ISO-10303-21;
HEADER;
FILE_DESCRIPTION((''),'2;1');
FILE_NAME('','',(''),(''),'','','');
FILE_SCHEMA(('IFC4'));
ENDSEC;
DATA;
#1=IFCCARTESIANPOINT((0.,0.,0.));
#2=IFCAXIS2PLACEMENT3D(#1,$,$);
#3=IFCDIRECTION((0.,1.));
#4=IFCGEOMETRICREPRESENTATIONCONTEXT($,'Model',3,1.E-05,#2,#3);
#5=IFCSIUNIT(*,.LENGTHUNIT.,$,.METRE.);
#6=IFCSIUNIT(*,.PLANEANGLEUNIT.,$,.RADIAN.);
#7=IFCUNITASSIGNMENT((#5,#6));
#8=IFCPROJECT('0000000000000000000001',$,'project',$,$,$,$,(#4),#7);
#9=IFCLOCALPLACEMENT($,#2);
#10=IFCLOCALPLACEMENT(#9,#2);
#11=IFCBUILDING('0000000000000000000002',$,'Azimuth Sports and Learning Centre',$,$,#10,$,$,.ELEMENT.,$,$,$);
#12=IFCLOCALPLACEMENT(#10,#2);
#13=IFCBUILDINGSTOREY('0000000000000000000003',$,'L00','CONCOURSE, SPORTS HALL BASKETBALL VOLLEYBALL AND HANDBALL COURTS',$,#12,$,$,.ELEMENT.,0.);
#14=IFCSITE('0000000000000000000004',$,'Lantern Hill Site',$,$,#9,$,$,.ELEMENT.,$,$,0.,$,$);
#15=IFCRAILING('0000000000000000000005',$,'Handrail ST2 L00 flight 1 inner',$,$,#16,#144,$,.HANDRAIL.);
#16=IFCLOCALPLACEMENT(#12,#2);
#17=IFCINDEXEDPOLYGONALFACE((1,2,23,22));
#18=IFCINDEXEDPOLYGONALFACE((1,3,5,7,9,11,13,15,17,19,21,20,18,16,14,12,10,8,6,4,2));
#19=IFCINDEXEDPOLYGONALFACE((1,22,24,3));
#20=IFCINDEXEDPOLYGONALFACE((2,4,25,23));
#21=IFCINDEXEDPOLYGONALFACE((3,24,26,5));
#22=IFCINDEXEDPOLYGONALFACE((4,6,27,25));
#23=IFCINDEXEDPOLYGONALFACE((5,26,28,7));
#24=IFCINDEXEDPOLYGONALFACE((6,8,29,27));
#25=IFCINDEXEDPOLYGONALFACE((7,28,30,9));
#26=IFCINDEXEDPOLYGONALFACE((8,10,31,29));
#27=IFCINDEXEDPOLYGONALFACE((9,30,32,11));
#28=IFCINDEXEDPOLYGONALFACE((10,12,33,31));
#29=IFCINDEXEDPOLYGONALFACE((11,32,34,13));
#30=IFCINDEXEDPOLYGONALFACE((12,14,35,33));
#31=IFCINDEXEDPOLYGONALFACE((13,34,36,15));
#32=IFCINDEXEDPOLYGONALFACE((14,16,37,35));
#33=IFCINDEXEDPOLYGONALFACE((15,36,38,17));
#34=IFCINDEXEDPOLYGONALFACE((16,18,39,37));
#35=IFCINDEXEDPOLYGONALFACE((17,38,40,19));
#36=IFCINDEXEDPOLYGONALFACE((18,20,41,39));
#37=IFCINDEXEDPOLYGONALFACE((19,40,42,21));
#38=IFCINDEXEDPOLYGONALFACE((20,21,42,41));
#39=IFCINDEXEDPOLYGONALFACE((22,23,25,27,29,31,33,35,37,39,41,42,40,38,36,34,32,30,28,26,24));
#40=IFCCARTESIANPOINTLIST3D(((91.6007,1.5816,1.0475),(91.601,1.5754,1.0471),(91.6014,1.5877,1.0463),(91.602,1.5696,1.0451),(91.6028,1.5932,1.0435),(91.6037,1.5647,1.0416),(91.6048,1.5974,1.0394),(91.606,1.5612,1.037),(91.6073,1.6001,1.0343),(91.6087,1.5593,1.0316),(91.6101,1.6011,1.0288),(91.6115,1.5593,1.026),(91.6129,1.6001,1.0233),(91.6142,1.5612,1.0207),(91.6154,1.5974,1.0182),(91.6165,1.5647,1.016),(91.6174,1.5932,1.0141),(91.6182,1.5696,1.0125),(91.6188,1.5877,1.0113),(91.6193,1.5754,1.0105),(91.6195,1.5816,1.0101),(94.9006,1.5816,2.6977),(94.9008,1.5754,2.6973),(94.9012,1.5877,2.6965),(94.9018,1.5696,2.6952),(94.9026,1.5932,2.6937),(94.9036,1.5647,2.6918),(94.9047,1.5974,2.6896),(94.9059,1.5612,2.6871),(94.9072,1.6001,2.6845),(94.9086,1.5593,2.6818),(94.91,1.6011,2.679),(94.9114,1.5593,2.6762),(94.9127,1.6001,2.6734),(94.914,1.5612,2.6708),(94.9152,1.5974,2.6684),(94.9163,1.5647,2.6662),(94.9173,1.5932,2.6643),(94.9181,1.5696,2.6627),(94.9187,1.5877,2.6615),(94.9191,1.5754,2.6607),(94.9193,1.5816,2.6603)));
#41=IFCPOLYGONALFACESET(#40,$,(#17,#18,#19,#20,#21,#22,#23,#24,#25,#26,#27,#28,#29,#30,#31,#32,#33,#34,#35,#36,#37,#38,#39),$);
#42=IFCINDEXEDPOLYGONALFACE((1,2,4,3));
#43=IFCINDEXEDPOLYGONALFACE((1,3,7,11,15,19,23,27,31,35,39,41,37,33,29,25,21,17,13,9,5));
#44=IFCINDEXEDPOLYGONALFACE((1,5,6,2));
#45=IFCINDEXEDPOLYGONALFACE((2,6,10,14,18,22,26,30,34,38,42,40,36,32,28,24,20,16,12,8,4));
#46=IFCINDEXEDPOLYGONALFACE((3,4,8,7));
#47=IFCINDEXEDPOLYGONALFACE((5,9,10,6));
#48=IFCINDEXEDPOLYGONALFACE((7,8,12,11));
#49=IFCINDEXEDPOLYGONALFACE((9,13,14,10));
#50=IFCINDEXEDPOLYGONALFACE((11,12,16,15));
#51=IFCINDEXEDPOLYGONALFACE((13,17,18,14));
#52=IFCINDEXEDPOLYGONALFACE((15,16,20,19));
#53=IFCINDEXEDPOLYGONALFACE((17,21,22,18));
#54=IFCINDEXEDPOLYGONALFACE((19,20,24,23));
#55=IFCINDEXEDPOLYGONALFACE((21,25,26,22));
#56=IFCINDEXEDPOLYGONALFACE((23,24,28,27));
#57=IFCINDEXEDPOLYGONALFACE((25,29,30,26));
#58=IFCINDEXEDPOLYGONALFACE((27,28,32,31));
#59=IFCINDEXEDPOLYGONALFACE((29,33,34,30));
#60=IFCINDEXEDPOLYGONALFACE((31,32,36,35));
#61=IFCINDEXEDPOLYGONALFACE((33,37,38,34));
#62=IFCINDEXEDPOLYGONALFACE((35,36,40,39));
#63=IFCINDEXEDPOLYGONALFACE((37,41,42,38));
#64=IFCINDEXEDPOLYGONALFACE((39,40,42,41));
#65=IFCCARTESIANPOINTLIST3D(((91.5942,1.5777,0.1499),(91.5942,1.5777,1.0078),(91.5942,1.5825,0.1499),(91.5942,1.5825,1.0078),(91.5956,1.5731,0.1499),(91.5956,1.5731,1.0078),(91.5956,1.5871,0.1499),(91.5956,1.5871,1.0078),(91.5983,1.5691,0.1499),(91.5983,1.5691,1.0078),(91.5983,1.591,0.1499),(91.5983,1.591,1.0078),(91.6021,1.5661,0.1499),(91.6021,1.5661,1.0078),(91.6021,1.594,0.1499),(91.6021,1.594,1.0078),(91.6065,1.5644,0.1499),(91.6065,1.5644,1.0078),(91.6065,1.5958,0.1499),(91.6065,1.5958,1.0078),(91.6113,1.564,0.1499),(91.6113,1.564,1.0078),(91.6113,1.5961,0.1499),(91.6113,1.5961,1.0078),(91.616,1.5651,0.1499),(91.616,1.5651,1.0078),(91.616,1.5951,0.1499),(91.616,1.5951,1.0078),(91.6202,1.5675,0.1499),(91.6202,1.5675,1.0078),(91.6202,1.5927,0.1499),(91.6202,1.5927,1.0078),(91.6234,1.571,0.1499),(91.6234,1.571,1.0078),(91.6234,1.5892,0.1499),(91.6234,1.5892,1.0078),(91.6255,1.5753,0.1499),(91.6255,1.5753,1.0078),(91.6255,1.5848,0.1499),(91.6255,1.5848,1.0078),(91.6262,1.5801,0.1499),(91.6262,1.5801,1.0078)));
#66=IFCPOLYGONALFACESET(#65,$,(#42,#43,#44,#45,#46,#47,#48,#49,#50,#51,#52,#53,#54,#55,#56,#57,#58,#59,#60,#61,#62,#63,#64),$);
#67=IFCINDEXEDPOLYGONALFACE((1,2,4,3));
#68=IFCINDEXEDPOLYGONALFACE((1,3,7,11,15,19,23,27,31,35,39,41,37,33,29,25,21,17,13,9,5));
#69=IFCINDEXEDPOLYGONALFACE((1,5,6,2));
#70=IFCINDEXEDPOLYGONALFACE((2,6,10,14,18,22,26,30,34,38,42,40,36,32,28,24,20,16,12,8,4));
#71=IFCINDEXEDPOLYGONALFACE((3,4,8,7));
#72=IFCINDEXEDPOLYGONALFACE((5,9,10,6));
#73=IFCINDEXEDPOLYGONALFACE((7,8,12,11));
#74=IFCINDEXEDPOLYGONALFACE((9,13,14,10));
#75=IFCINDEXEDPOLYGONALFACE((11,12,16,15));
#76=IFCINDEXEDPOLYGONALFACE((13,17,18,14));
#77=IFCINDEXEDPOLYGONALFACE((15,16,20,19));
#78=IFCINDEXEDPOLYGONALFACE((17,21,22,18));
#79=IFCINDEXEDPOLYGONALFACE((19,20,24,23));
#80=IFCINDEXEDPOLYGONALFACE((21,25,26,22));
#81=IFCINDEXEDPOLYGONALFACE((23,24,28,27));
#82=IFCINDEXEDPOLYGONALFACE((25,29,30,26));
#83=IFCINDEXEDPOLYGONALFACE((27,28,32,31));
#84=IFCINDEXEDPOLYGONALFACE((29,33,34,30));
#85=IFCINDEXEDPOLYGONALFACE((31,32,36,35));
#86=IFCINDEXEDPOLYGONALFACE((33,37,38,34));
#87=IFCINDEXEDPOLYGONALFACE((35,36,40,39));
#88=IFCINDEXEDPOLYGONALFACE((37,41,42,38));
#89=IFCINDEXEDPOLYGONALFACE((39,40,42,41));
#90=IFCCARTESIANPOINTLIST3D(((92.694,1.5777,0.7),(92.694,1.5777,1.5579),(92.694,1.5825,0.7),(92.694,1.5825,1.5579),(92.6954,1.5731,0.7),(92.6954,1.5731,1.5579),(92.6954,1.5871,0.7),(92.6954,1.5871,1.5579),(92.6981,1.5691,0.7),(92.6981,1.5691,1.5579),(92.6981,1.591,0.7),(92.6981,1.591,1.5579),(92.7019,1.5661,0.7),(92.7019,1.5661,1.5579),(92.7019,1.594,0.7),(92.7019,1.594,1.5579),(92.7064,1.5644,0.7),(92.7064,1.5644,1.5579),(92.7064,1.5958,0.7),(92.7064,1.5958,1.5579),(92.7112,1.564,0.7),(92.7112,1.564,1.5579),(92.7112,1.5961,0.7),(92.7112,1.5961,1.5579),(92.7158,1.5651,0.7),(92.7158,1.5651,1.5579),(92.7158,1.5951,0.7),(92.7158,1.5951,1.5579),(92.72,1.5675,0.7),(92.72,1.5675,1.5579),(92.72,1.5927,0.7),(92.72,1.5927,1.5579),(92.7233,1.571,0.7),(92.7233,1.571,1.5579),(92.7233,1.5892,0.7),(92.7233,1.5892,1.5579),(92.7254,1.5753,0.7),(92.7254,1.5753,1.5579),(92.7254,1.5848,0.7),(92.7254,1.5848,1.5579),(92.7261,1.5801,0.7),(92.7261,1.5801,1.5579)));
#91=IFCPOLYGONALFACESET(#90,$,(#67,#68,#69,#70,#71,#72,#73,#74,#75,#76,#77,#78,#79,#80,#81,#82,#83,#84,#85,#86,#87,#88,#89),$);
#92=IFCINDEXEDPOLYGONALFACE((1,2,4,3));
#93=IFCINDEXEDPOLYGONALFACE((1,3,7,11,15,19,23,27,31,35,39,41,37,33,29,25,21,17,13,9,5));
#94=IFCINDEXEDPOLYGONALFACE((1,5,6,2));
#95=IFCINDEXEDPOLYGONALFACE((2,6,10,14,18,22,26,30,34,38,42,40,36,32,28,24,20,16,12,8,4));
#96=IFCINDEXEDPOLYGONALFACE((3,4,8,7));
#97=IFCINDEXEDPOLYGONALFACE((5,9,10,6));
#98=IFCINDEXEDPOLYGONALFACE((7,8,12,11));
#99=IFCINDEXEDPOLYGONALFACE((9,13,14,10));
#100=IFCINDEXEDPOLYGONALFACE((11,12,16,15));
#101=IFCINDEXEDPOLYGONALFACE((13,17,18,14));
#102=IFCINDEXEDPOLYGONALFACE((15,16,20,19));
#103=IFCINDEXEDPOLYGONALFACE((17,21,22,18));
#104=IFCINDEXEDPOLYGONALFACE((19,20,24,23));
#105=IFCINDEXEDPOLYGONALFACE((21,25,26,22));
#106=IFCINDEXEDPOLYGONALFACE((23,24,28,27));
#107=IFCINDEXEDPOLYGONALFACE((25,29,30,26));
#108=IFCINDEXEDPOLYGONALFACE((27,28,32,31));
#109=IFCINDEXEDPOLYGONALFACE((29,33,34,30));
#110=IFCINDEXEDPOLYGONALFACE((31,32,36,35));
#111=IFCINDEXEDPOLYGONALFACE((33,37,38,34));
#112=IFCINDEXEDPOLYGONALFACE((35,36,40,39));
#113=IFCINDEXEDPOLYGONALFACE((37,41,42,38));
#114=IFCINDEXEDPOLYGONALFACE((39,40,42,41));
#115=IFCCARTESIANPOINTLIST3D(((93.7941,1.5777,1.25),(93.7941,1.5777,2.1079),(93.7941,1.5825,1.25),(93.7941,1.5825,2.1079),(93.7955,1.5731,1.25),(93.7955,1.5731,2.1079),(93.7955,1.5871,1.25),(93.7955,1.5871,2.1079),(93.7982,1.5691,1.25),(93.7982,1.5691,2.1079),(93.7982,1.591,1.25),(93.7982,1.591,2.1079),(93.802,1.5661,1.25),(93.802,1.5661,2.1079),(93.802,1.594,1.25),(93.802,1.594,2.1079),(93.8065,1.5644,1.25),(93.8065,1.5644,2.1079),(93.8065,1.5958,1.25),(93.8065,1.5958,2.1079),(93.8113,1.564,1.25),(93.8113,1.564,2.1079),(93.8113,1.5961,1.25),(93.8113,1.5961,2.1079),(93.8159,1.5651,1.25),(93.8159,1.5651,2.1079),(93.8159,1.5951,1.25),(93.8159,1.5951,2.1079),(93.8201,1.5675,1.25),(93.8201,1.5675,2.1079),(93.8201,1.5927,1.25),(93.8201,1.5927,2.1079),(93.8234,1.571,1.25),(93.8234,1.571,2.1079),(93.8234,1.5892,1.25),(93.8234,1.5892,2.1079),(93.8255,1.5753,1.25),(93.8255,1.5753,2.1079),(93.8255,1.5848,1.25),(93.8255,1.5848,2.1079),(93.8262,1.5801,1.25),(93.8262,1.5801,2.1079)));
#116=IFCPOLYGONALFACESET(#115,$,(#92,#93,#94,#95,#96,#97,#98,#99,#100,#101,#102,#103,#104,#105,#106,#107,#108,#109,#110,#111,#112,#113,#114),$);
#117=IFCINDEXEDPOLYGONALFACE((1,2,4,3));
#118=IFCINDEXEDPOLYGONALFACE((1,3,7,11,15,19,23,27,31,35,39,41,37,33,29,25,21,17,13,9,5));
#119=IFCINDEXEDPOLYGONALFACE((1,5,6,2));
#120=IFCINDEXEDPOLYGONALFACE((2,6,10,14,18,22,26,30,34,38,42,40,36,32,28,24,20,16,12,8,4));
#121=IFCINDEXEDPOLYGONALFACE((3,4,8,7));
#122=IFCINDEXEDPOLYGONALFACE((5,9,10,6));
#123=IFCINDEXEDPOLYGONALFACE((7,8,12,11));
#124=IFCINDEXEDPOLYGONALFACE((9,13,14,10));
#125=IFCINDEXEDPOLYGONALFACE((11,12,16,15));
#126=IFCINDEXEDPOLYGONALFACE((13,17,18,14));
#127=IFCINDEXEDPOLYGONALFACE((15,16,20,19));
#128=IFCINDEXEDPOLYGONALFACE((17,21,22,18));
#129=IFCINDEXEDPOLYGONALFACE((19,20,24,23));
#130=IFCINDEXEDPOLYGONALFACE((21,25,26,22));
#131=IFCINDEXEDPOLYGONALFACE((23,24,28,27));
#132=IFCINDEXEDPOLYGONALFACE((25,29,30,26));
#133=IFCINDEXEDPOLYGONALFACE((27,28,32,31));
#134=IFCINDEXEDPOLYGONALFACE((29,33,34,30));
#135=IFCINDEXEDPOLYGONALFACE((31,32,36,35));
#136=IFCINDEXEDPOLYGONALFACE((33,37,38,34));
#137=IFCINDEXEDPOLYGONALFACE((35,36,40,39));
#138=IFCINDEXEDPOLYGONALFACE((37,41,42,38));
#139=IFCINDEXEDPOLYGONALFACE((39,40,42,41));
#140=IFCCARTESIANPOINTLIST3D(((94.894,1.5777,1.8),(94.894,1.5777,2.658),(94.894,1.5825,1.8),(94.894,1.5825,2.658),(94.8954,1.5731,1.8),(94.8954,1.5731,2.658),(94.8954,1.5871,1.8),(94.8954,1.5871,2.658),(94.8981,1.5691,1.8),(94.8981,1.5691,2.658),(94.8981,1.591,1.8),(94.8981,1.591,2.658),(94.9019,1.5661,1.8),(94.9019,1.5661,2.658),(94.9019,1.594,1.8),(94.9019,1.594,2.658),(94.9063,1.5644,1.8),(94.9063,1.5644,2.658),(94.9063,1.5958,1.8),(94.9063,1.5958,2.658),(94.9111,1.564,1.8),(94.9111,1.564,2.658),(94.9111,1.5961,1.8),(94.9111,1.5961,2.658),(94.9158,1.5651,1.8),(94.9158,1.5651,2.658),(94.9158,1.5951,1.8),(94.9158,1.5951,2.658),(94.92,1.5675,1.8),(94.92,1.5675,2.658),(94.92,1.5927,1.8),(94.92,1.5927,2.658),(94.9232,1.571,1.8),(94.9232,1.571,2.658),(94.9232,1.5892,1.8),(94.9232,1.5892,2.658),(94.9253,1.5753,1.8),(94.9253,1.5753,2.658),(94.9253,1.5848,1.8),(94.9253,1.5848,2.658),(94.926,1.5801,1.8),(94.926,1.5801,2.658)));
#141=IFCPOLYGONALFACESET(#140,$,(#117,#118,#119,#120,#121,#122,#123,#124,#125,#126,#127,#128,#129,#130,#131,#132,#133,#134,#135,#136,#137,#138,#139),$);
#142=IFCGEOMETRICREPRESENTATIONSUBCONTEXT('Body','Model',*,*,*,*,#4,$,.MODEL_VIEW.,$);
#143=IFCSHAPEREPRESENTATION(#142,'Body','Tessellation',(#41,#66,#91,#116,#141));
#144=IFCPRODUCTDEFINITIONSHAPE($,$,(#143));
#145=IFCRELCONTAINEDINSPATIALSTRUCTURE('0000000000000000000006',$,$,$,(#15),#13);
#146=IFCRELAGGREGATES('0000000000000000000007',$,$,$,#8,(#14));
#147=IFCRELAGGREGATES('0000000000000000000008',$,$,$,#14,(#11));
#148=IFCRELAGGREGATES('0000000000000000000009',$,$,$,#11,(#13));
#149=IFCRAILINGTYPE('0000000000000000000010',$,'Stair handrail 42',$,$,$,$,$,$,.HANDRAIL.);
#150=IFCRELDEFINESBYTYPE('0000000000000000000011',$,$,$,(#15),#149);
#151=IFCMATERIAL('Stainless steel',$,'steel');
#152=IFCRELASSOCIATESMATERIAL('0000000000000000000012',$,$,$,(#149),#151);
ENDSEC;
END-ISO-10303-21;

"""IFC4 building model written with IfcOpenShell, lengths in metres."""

from ifc_helpers import new_model, si_unit, direction, frame, origin, origin_2d, place, context, subcontext, project, spatial, circle, extrude, material, type_object, element, save


model = new_model("IFC4")

# Units and contexts
model_context = context("Model", 3, precision=1e-05, world=origin(), true_north=direction((0.0, 1.0)))
body_context = subcontext(model_context, "Body", "Model", "MODEL_VIEW")
ifc_project = project(units=[si_unit("LENGTHUNIT", "METRE"), si_unit("PLANEANGLEUNIT", "RADIAN")], contexts=[model_context])

# Site, building, storey
site_placement = place(None, origin())
site = spatial("IfcSite", under=ifc_project, at=site_placement, Name="Lantern Hill Site", CompositionType="ELEMENT", RefElevation=0.0)
building_placement = place(site_placement, origin())
building = spatial("IfcBuilding", under=site, at=building_placement, Name="Azimuth Sports and Learning Centre", CompositionType="ELEMENT")
storey_placement = place(building_placement, origin())
storey = spatial("IfcBuildingStorey", under=building, at=storey_placement, Name="L00", Description="CONCOURSE, SPORTS HALL BASKETBALL VOLLEYBALL AND HANDBALL COURTS", CompositionType="ELEMENT", Elevation=0.0)

# Railing
ifc_material_1 = material(Name="Stainless steel", Category="steel")
railing_type_1 = type_object("IfcRailingType", Name="Stair handrail 42", PredefinedType="HANDRAIL", material=ifc_material_1)
for number, where, name in (
    (1, (91.6101, 1.5801, 0.1499), "Handrail ST2 L00 flight 1 inner"),
):
    element("IfcRailing", number, at=place(storey_placement, frame(where)), inside=storey, type_object=railing_type_1, Name=name, PredefinedType="HANDRAIL", context=body_context, shape_type="SweptSolid", body=[
        extrude(circle(Radius=0.021, at=origin_2d()), frame((0.0, 0.0, 0.8789), z_axis=(0.894401, 0.0, 0.447267), x_axis=(0.0, 1.0, 0.0)), (0.0, 0.0, 1.0), 3.6895),
        extrude(circle(Radius=0.0161, at=origin_2d()), origin(), (0.0, 0.0, 1.0), 0.8579),
        extrude(circle(Radius=0.0161, at=origin_2d()), frame((1.0999, 0.0, 0.55)), (0.0, 0.0, 1.0), 0.8579),
        extrude(circle(Radius=0.0161, at=origin_2d()), frame((2.2, 0.0, 1.1001)), (0.0, 0.0, 1.0), 0.8579),
        extrude(circle(Radius=0.0161, at=origin_2d()), frame((3.2998, 0.0, 1.6501)), (0.0, 0.0, 1.0), 0.8579),
    ])

save(model, "model.ifc")
